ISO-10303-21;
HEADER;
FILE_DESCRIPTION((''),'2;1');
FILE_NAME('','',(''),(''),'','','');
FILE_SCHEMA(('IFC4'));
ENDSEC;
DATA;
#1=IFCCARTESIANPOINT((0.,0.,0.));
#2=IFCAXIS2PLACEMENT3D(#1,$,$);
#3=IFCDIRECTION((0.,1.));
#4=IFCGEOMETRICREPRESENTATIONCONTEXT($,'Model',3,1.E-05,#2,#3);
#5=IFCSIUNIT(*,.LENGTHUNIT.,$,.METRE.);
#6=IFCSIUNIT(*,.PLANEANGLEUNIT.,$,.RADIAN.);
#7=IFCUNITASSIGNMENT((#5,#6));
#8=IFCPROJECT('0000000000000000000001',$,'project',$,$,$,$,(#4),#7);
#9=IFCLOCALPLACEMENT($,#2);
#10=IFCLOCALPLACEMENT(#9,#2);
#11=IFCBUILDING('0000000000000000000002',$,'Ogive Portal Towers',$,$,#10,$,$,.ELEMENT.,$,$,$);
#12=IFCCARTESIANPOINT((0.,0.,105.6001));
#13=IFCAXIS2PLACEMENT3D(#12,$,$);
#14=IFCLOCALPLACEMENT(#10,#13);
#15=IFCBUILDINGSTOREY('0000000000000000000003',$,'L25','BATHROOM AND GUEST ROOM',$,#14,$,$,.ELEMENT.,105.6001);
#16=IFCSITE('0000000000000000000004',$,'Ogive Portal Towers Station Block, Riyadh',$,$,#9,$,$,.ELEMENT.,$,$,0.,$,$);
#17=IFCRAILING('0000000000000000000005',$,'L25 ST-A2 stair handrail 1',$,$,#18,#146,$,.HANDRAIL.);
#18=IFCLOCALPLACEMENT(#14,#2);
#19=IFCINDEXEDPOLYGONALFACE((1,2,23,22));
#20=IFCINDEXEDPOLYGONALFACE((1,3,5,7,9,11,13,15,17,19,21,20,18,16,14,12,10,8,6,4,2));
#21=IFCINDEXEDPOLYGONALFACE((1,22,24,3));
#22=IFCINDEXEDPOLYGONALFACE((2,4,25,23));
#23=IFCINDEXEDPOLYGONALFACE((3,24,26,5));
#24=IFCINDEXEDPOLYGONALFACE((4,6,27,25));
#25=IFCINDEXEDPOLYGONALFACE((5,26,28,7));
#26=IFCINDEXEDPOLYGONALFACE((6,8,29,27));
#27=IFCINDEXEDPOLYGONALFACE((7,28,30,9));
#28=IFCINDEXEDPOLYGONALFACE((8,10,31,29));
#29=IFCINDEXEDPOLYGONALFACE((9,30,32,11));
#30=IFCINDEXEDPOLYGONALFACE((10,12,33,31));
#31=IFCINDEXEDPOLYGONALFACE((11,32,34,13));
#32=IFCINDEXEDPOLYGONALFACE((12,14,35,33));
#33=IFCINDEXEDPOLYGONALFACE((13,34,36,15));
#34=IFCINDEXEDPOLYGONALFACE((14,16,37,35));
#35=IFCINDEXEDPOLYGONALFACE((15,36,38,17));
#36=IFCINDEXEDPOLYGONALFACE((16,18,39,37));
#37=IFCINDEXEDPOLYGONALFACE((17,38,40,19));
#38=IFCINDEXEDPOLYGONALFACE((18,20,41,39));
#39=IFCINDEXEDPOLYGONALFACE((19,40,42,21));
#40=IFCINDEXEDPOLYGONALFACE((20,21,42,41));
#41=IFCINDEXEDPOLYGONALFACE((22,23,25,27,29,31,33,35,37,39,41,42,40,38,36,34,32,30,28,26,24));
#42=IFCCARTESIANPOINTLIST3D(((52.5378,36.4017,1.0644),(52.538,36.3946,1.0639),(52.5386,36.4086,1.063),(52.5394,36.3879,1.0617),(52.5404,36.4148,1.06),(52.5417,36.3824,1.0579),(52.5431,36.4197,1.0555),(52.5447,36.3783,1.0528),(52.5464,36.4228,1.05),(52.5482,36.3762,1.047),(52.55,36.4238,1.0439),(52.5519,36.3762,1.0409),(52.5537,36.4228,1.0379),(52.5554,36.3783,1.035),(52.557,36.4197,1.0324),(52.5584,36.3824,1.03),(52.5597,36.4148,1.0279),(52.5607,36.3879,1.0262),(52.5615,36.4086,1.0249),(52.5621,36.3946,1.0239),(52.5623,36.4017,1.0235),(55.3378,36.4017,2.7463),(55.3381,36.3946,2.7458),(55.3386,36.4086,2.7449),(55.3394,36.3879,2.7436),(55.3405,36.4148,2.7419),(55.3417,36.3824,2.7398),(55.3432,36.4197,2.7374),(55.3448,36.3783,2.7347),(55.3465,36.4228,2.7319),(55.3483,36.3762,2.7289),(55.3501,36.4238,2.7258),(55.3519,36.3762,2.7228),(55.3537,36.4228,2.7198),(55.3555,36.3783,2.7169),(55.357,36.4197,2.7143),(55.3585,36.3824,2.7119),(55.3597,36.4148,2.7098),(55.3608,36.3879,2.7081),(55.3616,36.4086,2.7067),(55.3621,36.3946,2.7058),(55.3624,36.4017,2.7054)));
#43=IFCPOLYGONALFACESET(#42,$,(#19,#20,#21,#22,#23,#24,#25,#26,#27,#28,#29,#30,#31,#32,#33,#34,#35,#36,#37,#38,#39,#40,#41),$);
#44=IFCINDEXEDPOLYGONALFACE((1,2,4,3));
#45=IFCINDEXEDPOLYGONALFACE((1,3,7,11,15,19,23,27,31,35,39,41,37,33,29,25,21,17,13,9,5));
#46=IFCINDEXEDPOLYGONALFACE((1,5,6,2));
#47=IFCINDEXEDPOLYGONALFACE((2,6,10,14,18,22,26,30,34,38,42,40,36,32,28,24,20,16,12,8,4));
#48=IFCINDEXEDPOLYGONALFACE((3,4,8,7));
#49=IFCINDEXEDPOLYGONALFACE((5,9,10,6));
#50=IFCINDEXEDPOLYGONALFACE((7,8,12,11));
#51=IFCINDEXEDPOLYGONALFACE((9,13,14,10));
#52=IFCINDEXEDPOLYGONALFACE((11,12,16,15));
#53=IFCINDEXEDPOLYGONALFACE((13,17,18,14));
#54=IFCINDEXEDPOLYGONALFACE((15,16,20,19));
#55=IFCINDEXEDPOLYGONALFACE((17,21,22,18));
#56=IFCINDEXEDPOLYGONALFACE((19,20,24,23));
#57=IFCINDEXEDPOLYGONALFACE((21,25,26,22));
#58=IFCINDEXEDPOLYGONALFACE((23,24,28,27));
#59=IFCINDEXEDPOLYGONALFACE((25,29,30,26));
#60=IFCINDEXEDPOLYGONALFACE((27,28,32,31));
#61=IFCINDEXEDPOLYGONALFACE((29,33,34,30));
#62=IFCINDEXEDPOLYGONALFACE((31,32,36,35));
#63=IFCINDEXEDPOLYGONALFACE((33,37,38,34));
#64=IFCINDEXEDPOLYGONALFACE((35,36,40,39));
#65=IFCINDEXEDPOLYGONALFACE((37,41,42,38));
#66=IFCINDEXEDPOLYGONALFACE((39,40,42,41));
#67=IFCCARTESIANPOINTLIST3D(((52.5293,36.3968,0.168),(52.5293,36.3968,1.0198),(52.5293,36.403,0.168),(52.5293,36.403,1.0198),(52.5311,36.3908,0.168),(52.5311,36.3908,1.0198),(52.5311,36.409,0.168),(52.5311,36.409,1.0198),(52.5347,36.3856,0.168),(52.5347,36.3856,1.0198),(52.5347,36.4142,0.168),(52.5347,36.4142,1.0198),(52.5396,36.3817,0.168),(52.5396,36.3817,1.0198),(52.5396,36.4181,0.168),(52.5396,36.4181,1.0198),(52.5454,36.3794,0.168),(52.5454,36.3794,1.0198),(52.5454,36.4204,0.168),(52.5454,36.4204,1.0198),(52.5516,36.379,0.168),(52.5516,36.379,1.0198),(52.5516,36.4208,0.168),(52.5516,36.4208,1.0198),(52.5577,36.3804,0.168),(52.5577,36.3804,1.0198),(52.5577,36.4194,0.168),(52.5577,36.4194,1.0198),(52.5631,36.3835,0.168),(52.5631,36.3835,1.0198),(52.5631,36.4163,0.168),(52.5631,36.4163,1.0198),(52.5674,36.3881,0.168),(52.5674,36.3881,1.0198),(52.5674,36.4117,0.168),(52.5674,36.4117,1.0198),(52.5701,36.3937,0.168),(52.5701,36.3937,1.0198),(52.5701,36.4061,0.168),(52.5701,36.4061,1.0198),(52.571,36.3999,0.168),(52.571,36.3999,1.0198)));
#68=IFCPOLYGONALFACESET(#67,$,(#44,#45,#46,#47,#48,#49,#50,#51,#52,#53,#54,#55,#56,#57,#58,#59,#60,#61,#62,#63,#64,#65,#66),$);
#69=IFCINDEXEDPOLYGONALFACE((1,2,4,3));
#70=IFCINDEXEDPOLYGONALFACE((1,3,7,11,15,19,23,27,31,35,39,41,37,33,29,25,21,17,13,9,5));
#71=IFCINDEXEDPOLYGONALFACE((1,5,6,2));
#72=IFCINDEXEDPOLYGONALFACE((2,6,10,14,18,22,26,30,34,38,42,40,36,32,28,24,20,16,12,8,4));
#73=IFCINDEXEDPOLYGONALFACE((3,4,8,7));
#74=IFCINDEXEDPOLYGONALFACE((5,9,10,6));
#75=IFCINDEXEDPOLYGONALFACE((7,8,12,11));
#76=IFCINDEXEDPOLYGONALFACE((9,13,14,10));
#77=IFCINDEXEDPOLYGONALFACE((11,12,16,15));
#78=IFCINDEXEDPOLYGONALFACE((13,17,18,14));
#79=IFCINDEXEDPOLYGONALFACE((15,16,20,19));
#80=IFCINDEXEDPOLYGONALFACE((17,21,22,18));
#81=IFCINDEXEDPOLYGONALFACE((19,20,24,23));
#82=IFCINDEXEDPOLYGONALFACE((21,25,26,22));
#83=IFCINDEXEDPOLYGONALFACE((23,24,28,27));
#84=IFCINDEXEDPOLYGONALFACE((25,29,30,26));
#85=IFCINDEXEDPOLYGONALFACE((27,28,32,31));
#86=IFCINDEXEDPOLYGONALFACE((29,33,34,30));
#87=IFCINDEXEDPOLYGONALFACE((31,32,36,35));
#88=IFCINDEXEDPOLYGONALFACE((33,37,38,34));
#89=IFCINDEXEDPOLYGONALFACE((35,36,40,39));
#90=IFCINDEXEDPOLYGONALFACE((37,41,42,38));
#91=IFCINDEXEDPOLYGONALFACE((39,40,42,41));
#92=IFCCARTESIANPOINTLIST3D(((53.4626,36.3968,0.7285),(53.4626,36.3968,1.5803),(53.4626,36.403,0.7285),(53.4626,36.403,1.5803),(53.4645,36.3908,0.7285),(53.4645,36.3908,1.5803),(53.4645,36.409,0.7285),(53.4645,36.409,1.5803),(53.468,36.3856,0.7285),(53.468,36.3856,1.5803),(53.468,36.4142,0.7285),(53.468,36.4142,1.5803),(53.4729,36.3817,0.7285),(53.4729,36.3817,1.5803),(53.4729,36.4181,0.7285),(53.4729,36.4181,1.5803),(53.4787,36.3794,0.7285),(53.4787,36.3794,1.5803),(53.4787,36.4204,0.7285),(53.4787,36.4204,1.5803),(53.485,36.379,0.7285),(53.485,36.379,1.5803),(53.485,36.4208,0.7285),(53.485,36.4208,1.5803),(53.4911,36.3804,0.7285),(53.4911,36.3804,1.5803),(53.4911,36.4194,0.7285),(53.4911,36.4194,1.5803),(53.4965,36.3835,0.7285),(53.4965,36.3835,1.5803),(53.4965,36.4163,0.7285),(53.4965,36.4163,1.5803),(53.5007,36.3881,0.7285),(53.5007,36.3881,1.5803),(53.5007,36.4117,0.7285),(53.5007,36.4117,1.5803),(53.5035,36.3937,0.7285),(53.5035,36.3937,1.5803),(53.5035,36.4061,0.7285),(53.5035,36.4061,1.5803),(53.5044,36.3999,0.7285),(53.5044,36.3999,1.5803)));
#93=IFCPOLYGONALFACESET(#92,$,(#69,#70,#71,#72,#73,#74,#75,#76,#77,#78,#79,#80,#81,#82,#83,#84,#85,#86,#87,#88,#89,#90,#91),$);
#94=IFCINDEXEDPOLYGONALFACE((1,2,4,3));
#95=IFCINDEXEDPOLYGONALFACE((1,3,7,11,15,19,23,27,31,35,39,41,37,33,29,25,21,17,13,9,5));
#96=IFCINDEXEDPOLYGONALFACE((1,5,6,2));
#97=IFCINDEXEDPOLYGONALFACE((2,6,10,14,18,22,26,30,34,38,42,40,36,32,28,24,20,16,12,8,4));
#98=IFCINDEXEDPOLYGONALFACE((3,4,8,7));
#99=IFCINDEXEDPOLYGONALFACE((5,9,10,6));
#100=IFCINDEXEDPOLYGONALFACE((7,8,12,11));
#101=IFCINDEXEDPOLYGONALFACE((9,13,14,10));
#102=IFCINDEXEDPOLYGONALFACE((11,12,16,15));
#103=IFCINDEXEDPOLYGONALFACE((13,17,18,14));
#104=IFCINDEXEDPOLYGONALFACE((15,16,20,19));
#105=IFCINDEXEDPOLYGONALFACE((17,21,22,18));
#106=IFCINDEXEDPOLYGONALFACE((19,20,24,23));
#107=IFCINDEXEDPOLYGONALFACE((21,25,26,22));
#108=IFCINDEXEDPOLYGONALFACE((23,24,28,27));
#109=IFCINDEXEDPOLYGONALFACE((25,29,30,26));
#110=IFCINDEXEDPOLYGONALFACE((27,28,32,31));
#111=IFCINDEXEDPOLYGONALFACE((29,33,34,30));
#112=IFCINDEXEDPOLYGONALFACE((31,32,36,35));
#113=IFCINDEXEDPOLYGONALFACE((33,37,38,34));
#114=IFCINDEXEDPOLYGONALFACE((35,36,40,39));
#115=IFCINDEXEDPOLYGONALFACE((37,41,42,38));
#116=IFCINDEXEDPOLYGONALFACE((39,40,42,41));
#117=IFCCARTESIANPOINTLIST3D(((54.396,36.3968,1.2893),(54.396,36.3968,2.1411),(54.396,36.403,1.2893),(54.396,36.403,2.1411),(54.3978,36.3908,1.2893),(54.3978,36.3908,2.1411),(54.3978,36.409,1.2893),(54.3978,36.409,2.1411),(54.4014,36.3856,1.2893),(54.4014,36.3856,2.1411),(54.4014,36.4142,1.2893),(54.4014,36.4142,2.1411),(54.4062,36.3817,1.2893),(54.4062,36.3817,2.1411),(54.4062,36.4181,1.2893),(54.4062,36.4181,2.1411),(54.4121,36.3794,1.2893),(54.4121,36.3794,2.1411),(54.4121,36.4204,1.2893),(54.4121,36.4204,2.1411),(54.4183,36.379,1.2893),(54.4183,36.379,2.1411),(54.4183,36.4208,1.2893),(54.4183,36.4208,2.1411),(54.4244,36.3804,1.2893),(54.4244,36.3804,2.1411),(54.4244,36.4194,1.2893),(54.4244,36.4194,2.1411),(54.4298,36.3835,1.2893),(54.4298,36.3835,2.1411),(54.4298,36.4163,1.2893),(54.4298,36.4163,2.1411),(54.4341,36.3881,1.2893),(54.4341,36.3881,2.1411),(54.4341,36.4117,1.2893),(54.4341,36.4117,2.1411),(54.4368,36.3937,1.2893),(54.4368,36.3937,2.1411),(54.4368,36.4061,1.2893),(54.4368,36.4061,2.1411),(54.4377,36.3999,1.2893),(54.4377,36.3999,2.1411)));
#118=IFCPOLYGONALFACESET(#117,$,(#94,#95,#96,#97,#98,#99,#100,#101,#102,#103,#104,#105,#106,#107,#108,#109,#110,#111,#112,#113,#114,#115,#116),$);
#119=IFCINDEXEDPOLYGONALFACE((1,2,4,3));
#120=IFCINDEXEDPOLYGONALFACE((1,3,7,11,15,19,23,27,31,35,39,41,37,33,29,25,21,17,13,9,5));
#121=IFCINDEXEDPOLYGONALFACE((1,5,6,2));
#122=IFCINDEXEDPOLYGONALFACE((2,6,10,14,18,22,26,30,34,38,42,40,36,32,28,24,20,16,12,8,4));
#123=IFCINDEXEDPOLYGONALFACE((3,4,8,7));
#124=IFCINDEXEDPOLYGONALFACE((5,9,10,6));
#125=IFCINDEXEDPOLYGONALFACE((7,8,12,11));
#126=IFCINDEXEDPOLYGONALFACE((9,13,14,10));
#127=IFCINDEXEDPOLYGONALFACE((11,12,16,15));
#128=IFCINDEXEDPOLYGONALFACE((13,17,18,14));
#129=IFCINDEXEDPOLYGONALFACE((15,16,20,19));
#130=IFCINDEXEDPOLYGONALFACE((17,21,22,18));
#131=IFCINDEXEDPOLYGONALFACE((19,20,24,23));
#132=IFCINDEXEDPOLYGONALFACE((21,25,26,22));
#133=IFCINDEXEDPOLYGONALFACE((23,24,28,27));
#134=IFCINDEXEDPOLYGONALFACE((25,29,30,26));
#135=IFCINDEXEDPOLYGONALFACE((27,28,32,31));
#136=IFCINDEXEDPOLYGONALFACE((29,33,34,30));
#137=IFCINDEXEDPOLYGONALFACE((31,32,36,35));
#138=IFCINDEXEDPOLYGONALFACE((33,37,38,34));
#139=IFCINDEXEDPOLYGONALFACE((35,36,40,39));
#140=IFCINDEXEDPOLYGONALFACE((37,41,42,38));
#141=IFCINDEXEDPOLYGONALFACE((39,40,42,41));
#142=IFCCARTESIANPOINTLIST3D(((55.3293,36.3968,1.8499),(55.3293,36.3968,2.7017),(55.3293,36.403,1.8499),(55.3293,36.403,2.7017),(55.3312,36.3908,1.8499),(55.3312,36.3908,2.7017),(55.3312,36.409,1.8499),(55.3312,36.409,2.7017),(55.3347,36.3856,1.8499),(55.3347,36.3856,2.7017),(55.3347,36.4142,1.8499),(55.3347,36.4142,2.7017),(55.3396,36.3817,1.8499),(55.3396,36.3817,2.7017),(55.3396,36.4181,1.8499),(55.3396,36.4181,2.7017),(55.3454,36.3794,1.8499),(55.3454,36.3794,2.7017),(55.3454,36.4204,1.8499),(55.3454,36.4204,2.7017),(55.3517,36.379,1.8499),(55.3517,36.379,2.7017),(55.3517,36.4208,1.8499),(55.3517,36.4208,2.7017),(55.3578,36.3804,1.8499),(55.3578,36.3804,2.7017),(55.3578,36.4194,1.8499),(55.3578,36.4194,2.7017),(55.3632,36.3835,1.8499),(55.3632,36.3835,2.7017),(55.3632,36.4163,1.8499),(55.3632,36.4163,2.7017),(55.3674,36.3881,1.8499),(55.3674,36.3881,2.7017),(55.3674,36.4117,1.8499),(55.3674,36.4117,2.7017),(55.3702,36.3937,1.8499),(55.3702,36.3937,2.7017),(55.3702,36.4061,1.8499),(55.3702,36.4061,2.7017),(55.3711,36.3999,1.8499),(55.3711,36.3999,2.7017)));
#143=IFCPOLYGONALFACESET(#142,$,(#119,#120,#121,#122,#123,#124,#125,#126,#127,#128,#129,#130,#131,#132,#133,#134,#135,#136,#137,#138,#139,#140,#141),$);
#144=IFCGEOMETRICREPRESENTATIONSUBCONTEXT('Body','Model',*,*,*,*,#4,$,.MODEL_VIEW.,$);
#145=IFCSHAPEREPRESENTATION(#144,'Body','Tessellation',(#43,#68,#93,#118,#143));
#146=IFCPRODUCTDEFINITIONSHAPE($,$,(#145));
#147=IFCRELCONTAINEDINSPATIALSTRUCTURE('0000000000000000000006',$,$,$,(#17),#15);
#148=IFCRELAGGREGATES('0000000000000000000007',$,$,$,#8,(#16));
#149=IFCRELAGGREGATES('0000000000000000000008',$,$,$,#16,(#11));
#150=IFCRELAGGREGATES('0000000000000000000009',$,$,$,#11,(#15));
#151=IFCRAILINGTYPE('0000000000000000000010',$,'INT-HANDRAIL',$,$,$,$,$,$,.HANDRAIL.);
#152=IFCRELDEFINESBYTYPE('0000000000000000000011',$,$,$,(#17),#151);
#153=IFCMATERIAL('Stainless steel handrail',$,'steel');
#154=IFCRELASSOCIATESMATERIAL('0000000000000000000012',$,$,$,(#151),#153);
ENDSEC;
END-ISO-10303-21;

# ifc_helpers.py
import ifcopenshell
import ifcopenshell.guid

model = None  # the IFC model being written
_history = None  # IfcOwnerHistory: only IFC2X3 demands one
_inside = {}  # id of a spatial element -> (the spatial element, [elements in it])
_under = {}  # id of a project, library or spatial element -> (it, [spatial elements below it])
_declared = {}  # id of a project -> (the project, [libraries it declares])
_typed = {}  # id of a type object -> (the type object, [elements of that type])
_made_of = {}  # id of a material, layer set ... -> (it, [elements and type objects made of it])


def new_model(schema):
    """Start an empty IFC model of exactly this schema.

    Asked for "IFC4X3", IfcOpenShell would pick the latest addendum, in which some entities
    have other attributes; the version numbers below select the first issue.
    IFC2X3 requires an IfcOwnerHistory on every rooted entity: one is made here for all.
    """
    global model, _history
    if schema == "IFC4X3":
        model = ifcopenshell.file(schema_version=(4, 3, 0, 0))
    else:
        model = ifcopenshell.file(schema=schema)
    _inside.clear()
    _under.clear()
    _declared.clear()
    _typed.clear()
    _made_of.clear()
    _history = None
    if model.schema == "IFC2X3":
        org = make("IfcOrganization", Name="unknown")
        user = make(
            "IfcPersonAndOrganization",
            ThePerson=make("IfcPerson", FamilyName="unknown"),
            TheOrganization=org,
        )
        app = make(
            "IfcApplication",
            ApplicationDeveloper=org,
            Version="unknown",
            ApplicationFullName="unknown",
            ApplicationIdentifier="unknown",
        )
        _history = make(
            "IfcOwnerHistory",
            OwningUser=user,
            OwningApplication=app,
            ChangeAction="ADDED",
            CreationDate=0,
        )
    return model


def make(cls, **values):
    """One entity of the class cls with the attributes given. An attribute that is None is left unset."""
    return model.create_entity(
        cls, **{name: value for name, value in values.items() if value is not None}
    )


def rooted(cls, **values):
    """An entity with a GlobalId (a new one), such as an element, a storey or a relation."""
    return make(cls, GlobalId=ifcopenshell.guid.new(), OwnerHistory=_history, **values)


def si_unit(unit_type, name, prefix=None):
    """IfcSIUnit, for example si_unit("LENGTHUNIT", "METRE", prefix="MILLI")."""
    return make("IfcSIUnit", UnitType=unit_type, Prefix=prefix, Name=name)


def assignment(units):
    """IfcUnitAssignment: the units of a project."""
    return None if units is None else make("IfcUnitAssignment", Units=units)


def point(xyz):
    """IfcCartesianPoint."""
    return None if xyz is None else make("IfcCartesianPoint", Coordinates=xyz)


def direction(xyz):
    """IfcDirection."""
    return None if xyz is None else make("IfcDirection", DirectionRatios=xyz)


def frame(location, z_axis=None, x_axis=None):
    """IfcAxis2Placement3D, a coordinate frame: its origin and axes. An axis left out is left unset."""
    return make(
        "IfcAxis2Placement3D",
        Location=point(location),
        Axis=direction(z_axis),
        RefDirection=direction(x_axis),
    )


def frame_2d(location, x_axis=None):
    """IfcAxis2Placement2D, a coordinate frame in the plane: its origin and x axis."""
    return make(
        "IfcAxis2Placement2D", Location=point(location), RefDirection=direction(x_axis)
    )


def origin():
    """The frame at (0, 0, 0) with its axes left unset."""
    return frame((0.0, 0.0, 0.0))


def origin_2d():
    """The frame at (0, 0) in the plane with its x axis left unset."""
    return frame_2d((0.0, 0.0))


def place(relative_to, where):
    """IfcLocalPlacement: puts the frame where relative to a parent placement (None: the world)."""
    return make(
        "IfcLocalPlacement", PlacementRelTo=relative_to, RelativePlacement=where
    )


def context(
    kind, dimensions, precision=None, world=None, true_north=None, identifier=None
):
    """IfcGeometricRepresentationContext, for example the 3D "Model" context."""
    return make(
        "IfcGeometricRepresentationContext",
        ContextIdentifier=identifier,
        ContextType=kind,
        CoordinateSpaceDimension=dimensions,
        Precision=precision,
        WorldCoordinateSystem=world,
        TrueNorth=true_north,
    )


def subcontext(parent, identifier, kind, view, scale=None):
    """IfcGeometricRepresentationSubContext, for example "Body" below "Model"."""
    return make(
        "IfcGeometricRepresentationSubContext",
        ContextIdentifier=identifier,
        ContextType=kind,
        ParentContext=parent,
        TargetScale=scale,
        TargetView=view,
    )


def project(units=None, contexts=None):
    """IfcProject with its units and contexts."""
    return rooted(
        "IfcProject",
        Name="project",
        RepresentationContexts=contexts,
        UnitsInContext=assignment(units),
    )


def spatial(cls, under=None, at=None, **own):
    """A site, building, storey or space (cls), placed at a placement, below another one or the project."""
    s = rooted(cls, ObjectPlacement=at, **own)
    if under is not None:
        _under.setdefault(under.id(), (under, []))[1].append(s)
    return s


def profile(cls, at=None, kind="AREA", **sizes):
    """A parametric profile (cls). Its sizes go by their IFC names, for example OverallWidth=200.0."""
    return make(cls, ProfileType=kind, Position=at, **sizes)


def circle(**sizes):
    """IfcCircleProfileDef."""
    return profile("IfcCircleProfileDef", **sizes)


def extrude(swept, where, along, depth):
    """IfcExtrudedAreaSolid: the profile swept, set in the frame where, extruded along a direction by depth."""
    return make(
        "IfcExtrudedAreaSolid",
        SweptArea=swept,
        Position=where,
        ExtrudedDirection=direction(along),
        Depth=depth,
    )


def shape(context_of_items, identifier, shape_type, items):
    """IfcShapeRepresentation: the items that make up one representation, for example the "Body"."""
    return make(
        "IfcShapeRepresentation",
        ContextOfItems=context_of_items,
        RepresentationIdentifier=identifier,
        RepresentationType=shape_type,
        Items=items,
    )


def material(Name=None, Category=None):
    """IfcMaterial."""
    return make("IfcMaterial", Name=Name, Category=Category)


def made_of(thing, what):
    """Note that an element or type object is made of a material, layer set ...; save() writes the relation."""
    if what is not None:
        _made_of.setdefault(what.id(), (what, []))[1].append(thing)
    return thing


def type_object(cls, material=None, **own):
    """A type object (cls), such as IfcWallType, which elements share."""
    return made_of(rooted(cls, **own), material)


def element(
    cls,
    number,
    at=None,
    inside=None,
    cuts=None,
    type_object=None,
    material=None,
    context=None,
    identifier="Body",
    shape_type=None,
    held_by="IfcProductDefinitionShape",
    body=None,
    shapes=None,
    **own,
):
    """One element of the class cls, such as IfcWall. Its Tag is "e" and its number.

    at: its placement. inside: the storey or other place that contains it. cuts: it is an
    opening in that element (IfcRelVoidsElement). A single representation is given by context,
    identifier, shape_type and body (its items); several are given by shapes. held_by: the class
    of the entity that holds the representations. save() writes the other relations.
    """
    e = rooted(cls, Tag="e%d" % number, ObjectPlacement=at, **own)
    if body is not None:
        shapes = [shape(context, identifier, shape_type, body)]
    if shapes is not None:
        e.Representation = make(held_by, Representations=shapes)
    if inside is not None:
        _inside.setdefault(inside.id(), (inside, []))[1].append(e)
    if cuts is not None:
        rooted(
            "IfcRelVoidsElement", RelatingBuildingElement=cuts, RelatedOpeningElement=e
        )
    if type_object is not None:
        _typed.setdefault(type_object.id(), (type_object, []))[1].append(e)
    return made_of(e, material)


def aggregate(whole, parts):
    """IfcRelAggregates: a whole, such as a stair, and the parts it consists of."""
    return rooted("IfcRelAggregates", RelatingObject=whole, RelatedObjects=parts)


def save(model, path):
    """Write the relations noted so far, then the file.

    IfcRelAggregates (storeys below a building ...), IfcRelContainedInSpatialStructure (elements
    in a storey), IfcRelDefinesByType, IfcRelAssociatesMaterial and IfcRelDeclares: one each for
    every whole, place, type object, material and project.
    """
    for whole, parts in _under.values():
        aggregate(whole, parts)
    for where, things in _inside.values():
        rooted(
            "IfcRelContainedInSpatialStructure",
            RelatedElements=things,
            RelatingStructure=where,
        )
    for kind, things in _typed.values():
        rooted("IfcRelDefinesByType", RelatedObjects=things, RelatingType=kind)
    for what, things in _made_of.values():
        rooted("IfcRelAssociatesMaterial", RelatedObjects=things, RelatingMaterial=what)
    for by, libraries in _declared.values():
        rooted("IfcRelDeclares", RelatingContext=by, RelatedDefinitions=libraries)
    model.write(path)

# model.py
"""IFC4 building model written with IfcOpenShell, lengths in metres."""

from ifc_helpers import new_model, si_unit, direction, frame, origin, origin_2d, place, context, subcontext, project, spatial, circle, extrude, material, type_object, element, save


model = new_model("IFC4")

# Units and contexts
model_context = context("Model", 3, precision=1e-05, world=origin(), true_north=direction((0.0, 1.0)))
body_context = subcontext(model_context, "Body", "Model", "MODEL_VIEW")
ifc_project = project(units=[si_unit("LENGTHUNIT", "METRE"), si_unit("PLANEANGLEUNIT", "RADIAN")], contexts=[model_context])

# Site, building, storey
site_placement = place(None, origin())
site = spatial("IfcSite", under=ifc_project, at=site_placement, Name="Ogive Portal Towers Station Block, Riyadh", CompositionType="ELEMENT", RefElevation=0.0)
building_placement = place(site_placement, origin())
building = spatial("IfcBuilding", under=site, at=building_placement, Name="Ogive Portal Towers", CompositionType="ELEMENT")
storey_placement = place(building_placement, frame((0.0, 0.0, 105.6001)))
storey = spatial("IfcBuildingStorey", under=building, at=storey_placement, Name="L25", Description="BATHROOM AND GUEST ROOM", CompositionType="ELEMENT", Elevation=105.6001)

# Railing
ifc_material_1 = material(Name="Stainless steel handrail", Category="steel")
railing_type_1 = type_object("IfcRailingType", Name="INT-HANDRAIL", PredefinedType="HANDRAIL", material=ifc_material_1)
railing_1_placement = place(storey_placement, frame((52.55, 36.3999, 0.168)))
element("IfcRailing", 1, at=railing_1_placement, inside=storey, type_object=railing_type_1, Name="L25 ST-A2 stair handrail 1", PredefinedType="HANDRAIL", context=body_context, shape_type="SweptSolid", body=[
    extrude(circle(Radius=0.0239, at=origin_2d()), frame((0.0, 0.0, 0.876), z_axis=(0.857242, 0.0, 0.514913), x_axis=(0.0, 1.0, 0.0)), (0.0, 0.0, 1.0), 3.2664),
    extrude(circle(Radius=0.021, at=origin_2d()), origin(), (0.0, 0.0, 1.0), 0.8518),
    extrude(circle(Radius=0.021, at=origin_2d()), frame((0.9333, 0.0, 0.5605)), (0.0, 0.0, 1.0), 0.8518),
    extrude(circle(Radius=0.021, at=origin_2d()), frame((1.8667, 0.0, 1.1213)), (0.0, 0.0, 1.0), 0.8518),
    extrude(circle(Radius=0.021, at=origin_2d()), frame((2.8, 0.0, 1.6819)), (0.0, 0.0, 1.0), 0.8518),
])

save(model, "model.ifc")
